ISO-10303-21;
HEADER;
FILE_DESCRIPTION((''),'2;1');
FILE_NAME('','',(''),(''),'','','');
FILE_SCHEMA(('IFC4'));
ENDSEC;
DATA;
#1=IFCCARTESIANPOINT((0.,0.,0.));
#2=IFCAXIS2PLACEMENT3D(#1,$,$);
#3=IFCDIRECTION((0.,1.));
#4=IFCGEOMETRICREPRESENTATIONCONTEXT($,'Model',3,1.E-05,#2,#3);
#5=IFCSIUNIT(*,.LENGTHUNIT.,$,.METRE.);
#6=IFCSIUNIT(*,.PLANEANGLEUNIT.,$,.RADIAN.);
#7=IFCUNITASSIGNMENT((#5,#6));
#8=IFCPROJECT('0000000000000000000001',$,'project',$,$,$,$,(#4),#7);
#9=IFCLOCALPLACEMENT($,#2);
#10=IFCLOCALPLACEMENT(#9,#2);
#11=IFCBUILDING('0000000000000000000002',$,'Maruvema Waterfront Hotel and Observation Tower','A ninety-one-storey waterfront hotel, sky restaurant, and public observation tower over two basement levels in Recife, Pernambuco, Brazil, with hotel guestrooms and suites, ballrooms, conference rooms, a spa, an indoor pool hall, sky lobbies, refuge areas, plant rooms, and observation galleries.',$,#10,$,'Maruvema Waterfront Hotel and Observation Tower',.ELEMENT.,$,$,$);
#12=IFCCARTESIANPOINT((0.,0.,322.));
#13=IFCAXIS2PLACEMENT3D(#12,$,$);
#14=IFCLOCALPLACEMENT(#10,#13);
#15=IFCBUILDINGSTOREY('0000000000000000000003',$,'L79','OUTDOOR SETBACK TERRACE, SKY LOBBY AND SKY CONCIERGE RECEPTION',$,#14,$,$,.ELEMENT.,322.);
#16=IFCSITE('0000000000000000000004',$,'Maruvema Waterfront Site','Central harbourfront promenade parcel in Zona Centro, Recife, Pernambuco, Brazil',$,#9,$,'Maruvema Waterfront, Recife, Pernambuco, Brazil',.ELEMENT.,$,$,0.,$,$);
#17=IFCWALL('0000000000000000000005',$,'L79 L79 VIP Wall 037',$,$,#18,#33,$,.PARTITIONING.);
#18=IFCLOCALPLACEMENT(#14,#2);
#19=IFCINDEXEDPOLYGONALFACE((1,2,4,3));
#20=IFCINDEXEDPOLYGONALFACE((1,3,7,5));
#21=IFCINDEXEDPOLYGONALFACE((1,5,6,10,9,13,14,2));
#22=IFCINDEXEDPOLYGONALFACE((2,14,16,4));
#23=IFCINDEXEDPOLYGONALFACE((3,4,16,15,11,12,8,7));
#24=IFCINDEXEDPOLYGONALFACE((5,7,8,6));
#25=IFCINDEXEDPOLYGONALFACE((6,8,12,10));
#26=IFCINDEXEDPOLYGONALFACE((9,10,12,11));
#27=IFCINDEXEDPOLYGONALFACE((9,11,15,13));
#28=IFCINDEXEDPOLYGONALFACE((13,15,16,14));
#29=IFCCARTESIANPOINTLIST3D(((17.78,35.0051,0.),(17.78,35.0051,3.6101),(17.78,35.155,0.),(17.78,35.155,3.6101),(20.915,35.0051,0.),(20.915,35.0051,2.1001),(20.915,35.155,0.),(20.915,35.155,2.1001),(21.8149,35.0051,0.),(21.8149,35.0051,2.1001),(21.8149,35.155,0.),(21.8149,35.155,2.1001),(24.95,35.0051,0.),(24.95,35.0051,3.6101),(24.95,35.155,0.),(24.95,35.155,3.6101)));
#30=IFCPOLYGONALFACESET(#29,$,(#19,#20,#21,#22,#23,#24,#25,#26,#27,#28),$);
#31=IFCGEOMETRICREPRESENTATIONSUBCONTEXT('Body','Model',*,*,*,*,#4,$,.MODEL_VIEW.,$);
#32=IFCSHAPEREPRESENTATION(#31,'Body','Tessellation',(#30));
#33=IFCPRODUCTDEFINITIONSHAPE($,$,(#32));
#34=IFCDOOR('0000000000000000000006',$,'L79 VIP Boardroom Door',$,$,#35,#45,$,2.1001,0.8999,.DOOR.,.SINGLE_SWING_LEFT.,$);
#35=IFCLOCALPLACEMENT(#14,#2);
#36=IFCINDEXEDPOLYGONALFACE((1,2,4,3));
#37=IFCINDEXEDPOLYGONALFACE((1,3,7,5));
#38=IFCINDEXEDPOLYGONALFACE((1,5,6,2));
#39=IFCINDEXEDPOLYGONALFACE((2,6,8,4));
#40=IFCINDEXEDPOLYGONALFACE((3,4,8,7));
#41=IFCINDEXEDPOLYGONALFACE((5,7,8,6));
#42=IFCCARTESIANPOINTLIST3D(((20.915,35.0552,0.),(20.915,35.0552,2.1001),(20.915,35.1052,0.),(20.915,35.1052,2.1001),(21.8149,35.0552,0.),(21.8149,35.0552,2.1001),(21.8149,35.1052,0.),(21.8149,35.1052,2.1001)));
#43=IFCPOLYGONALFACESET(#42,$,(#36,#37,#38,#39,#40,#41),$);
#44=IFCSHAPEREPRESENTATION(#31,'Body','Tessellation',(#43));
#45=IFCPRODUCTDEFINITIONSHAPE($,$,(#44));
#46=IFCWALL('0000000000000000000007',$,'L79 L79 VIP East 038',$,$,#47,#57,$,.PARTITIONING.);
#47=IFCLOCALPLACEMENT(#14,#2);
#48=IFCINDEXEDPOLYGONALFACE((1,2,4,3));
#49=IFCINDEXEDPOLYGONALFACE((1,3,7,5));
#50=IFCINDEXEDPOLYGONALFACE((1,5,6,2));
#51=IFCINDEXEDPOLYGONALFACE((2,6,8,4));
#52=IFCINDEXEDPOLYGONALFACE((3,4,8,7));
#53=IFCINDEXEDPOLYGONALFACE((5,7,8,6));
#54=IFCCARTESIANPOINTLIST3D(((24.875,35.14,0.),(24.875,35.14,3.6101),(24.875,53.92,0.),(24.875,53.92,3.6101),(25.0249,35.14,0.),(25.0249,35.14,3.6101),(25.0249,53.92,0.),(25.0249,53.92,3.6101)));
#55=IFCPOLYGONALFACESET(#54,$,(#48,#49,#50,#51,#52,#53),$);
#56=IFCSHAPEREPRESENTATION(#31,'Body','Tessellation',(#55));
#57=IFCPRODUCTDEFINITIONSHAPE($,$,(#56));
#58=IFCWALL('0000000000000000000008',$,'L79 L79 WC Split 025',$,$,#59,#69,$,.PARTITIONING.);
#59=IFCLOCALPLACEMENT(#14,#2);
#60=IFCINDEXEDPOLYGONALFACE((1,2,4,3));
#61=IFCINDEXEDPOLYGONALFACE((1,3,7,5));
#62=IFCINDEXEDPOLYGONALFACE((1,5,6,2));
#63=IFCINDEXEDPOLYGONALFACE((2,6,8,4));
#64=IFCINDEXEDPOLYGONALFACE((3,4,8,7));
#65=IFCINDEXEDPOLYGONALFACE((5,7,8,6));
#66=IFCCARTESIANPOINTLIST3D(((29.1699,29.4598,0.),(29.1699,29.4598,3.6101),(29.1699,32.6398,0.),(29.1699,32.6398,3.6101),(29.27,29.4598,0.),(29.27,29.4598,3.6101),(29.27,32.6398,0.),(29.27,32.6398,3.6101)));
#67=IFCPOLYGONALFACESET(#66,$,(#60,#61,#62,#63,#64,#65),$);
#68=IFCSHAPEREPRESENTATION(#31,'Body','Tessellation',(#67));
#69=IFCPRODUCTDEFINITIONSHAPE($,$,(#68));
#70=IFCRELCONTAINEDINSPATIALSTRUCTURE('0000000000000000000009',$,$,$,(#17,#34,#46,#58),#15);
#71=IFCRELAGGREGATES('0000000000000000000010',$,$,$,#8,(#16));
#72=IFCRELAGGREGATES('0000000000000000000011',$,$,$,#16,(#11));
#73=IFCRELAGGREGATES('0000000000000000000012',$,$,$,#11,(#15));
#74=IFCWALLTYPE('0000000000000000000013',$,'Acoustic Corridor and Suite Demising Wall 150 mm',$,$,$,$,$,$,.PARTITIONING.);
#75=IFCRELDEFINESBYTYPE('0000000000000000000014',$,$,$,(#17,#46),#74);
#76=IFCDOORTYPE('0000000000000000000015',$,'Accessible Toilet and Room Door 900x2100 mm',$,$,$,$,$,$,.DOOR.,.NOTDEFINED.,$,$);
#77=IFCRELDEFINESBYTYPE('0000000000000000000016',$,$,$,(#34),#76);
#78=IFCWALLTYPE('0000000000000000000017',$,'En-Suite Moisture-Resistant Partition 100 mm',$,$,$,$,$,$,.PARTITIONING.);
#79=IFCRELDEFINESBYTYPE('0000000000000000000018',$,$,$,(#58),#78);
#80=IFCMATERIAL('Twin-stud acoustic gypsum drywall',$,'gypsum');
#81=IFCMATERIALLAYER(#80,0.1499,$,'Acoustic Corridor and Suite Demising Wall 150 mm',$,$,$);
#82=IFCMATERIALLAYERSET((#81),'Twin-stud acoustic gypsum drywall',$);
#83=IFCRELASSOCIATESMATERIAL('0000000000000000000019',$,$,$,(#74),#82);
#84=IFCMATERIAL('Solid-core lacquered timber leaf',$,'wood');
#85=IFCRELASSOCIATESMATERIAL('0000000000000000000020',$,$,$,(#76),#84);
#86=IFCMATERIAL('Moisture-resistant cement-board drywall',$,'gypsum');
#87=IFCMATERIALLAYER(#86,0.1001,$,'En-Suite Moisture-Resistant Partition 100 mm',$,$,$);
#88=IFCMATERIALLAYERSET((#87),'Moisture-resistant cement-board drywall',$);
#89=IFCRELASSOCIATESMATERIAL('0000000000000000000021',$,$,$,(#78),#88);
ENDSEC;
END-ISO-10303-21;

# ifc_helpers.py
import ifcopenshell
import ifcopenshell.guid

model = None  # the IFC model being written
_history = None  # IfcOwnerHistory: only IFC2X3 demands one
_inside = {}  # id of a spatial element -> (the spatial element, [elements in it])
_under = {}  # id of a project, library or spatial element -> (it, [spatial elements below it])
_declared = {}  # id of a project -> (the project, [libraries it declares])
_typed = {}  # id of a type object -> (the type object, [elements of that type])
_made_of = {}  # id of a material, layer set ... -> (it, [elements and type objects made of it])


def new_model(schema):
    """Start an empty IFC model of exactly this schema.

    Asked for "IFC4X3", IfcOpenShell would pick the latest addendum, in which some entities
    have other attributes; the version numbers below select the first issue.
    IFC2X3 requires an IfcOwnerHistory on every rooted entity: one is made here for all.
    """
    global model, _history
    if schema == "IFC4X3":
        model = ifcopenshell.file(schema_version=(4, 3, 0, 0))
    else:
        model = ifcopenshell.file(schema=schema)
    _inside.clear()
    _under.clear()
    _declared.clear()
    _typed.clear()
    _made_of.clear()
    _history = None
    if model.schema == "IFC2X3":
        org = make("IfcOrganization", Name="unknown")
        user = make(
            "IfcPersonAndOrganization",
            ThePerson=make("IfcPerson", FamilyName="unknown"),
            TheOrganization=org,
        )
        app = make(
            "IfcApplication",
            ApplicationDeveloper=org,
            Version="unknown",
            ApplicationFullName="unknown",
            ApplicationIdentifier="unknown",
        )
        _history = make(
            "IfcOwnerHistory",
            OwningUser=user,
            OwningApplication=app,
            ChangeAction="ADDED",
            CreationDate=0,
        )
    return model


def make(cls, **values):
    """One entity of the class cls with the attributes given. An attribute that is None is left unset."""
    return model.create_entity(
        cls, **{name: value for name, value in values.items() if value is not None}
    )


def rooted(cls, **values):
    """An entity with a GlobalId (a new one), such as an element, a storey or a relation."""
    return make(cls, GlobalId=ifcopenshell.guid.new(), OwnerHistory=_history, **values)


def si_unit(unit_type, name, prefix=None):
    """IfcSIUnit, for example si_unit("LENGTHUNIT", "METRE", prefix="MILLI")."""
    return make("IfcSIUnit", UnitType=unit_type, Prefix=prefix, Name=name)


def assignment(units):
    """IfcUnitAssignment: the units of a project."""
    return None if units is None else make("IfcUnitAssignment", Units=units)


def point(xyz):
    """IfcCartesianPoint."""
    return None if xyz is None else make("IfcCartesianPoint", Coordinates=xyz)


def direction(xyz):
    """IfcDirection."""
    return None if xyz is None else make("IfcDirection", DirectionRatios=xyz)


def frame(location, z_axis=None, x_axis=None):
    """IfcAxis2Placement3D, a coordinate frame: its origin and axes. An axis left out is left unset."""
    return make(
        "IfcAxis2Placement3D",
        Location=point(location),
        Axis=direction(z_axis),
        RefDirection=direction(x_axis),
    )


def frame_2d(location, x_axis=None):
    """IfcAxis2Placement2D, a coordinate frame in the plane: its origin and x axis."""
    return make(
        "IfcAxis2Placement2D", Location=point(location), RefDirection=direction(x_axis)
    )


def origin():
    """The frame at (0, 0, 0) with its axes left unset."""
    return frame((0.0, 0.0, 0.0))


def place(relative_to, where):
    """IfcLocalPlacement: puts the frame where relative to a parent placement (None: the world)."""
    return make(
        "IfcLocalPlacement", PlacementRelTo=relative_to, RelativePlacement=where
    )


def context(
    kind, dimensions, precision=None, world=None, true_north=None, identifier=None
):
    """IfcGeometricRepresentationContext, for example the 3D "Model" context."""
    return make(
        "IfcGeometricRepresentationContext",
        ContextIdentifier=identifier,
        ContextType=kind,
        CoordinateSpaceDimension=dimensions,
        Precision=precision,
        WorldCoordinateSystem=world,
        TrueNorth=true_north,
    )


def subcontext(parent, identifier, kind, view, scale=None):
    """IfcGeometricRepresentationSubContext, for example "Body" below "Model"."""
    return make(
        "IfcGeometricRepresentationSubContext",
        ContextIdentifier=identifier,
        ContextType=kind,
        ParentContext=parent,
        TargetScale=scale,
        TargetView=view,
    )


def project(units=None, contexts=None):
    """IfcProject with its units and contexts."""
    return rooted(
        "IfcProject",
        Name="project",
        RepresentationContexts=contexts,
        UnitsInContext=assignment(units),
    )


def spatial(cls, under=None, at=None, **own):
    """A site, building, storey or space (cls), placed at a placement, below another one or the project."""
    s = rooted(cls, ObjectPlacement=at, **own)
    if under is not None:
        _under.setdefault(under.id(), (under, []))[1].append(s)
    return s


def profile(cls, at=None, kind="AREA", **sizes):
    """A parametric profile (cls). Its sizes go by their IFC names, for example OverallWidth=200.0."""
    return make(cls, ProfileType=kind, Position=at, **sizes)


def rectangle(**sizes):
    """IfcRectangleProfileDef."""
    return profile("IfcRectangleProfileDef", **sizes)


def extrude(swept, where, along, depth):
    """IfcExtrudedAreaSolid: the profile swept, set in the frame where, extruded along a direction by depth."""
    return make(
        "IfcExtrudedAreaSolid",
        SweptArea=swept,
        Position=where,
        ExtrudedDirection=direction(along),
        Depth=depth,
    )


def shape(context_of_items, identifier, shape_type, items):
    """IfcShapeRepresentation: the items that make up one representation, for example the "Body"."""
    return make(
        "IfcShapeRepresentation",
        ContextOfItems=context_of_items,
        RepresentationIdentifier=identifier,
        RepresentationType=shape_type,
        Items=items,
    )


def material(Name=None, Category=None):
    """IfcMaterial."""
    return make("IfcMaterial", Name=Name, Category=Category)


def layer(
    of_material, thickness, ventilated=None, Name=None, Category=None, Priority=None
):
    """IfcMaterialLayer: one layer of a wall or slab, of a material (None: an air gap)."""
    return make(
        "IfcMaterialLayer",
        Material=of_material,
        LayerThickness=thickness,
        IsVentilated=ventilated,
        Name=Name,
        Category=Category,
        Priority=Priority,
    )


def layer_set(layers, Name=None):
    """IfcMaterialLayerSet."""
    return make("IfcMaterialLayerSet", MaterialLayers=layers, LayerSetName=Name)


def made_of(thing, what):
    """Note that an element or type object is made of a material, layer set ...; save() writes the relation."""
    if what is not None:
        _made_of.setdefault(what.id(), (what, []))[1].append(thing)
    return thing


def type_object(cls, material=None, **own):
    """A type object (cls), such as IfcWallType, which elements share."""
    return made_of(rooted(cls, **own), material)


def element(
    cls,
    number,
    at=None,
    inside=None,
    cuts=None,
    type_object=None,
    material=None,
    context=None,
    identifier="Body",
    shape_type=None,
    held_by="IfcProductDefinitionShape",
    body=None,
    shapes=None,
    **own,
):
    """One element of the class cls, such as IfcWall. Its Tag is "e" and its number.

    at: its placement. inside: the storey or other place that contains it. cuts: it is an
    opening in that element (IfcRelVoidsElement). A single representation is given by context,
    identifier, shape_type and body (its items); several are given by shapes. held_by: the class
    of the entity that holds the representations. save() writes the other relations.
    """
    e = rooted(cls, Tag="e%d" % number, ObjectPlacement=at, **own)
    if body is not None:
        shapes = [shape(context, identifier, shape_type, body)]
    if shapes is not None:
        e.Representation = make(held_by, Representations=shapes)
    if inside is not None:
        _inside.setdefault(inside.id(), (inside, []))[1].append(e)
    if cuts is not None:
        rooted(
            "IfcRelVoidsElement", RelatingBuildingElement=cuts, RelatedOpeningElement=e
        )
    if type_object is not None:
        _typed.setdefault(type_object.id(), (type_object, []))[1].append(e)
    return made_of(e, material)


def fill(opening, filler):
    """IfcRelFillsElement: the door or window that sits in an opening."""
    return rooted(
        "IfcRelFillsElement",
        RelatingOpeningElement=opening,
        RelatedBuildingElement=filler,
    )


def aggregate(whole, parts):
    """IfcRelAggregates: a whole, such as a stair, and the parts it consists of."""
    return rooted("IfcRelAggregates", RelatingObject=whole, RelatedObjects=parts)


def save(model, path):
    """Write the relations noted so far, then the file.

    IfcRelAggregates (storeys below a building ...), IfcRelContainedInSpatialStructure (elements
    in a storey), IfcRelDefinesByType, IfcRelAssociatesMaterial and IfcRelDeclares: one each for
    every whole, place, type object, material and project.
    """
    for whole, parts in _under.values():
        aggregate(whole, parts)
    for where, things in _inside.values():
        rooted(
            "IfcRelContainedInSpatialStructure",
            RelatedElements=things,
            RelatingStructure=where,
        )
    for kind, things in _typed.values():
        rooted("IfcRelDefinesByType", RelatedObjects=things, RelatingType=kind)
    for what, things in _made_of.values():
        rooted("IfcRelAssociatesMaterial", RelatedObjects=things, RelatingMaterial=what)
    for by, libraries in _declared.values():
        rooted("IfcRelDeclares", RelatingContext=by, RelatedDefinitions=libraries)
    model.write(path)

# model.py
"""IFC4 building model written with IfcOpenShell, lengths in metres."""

from ifc_helpers import new_model, si_unit, direction, frame, frame_2d, origin, place, context, subcontext, project, spatial, rectangle, extrude, material, layer, layer_set, type_object, element, fill, save


model = new_model("IFC4")

# Units and contexts
model_context = context("Model", 3, precision=1e-05, world=origin(), true_north=direction((0.0, 1.0)))
body_context = subcontext(model_context, "Body", "Model", "MODEL_VIEW")
ifc_project = project(units=[si_unit("LENGTHUNIT", "METRE"), si_unit("PLANEANGLEUNIT", "RADIAN")], contexts=[model_context])

# Site, building, storey
site_placement = place(None, origin())
site = spatial("IfcSite", under=ifc_project, at=site_placement, Name="Maruvema Waterfront Site", Description="Central harbourfront promenade parcel in Zona Centro, Recife, Pernambuco, Brazil", LongName="Maruvema Waterfront, Recife, Pernambuco, Brazil", CompositionType="ELEMENT", RefElevation=0.0)
building_placement = place(site_placement, origin())
building = spatial("IfcBuilding", under=site, at=building_placement, Name="Maruvema Waterfront Hotel and Observation Tower", Description="A ninety-one-storey waterfront hotel, sky restaurant, and public observation tower over two basement levels in Recife, Pernambuco, Brazil, with hotel guestrooms and suites, ballrooms, conference rooms, a spa, an indoor pool hall, sky lobbies, refuge areas, plant rooms, and observation galleries.", LongName="Maruvema Waterfront Hotel and Observation Tower", CompositionType="ELEMENT")
storey_placement = place(building_placement, frame((0.0, 0.0, 322.0)))
storey = spatial("IfcBuildingStorey", under=building, at=storey_placement, Name="L79", Description="OUTDOOR SETBACK TERRACE, SKY LOBBY AND SKY CONCIERGE RECEPTION", CompositionType="ELEMENT", Elevation=322.0)

# Shared definitions
ifc_material_1 = material(Name="Twin-stud acoustic gypsum drywall", Category="gypsum")
ifc_layer_1 = layer(ifc_material_1, 0.1499, Name="Acoustic Corridor and Suite Demising Wall 150 mm")
ifc_layer_set_1 = layer_set([ifc_layer_1], Name="Twin-stud acoustic gypsum drywall")
wall_type_1 = type_object("IfcWallType", Name="Acoustic Corridor and Suite Demising Wall 150 mm", PredefinedType="PARTITIONING", material=ifc_layer_set_1)
ifc_material_2 = material(Name="Solid-core lacquered timber leaf", Category="wood")
door_type_1 = type_object("IfcDoorType", Name="Accessible Toilet and Room Door 900x2100 mm", OperationType="NOTDEFINED", PredefinedType="DOOR", material=ifc_material_2)

# Wall, opening, door
wall_1_placement = place(storey_placement, frame((17.78, 35.0801, 0.0), z_axis=(0.0, 0.0, 1.0), x_axis=(1.0, 0.0, 0.0)))
wall_1 = element("IfcWall", 1, at=wall_1_placement, inside=storey, type_object=wall_type_1, Name="L79 L79 VIP Wall 037", PredefinedType="PARTITIONING", context=body_context, shape_type="SweptSolid", body=[
    extrude(rectangle(XDim=7.1699, YDim=0.1499, at=frame_2d((3.585, 0.0))), origin(), (0.0, 0.0, 1.0), 3.6101),
])
opening_1_placement = place(wall_1_placement, frame((3.135, 0.0, 0.0)))
opening_1 = element("IfcOpeningElement", 2, at=opening_1_placement, cuts=wall_1, PredefinedType="OPENING", context=body_context, shape_type="SweptSolid", body=[
    extrude(rectangle(XDim=0.8999, YDim=2.1001, at=frame_2d((0.45, 1.05))), frame((0.0, 0.085, 0.0), z_axis=(0.0, -1.0, 0.0), x_axis=(1.0, 0.0, 0.0)), (0.0, 0.0, 1.0), 0.1699),
])
door_1_placement = place(opening_1_placement, frame((0.8999, 0.0, 0.0), z_axis=(0.0, 0.0, 1.0), x_axis=(-1.0, 0.0, 0.0)))
door_1 = element("IfcDoor", 3, at=door_1_placement, inside=storey, type_object=door_type_1, Name="L79 VIP Boardroom Door", OperationType="SINGLE_SWING_LEFT", OverallHeight=2.1001, OverallWidth=0.8999, PredefinedType="DOOR", context=body_context, shape_type="SweptSolid", body=[
    extrude(rectangle(XDim=0.8999, YDim=2.1001, at=frame_2d((0.45, 1.05))), frame((0.0, 0.0249, 0.0), z_axis=(0.0, -1.0, 0.0), x_axis=(1.0, 0.0, 0.0)), (0.0, 0.0, 1.0), 0.05),
])
fill(opening_1, door_1)

# Walls
wall_2_placement = place(storey_placement, frame((24.95, 35.1399, 0.0), z_axis=(0.0, 0.0, 1.0), x_axis=(0.0, 1.0, 0.0)))
element("IfcWall", 4, at=wall_2_placement, inside=storey, type_object=wall_type_1, Name="L79 L79 VIP East 038", PredefinedType="PARTITIONING", context=body_context, shape_type="SweptSolid", body=[
    extrude(rectangle(XDim=18.78, YDim=0.1499, at=frame_2d((9.3901, 0.0))), origin(), (0.0, 0.0, 1.0), 3.6101),
])
ifc_material_3 = material(Name="Moisture-resistant cement-board drywall", Category="gypsum")
ifc_layer_2 = layer(ifc_material_3, 0.1001, Name="En-Suite Moisture-Resistant Partition 100 mm")
ifc_layer_set_2 = layer_set([ifc_layer_2], Name="Moisture-resistant cement-board drywall")
wall_type_2 = type_object("IfcWallType", Name="En-Suite Moisture-Resistant Partition 100 mm", PredefinedType="PARTITIONING", material=ifc_layer_set_2)
wall_3_placement = place(storey_placement, frame((29.22, 29.46, 0.0), z_axis=(0.0, 0.0, 1.0), x_axis=(0.0, 1.0, 0.0)))
element("IfcWall", 5, at=wall_3_placement, inside=storey, type_object=wall_type_2, Name="L79 L79 WC Split 025", PredefinedType="PARTITIONING", context=body_context, shape_type="SweptSolid", body=[
    extrude(rectangle(XDim=3.1799, YDim=0.1001, at=frame_2d((1.5898, 0.0))), origin(), (0.0, 0.0, 1.0), 3.6101),
])

save(model, "model.ifc")
